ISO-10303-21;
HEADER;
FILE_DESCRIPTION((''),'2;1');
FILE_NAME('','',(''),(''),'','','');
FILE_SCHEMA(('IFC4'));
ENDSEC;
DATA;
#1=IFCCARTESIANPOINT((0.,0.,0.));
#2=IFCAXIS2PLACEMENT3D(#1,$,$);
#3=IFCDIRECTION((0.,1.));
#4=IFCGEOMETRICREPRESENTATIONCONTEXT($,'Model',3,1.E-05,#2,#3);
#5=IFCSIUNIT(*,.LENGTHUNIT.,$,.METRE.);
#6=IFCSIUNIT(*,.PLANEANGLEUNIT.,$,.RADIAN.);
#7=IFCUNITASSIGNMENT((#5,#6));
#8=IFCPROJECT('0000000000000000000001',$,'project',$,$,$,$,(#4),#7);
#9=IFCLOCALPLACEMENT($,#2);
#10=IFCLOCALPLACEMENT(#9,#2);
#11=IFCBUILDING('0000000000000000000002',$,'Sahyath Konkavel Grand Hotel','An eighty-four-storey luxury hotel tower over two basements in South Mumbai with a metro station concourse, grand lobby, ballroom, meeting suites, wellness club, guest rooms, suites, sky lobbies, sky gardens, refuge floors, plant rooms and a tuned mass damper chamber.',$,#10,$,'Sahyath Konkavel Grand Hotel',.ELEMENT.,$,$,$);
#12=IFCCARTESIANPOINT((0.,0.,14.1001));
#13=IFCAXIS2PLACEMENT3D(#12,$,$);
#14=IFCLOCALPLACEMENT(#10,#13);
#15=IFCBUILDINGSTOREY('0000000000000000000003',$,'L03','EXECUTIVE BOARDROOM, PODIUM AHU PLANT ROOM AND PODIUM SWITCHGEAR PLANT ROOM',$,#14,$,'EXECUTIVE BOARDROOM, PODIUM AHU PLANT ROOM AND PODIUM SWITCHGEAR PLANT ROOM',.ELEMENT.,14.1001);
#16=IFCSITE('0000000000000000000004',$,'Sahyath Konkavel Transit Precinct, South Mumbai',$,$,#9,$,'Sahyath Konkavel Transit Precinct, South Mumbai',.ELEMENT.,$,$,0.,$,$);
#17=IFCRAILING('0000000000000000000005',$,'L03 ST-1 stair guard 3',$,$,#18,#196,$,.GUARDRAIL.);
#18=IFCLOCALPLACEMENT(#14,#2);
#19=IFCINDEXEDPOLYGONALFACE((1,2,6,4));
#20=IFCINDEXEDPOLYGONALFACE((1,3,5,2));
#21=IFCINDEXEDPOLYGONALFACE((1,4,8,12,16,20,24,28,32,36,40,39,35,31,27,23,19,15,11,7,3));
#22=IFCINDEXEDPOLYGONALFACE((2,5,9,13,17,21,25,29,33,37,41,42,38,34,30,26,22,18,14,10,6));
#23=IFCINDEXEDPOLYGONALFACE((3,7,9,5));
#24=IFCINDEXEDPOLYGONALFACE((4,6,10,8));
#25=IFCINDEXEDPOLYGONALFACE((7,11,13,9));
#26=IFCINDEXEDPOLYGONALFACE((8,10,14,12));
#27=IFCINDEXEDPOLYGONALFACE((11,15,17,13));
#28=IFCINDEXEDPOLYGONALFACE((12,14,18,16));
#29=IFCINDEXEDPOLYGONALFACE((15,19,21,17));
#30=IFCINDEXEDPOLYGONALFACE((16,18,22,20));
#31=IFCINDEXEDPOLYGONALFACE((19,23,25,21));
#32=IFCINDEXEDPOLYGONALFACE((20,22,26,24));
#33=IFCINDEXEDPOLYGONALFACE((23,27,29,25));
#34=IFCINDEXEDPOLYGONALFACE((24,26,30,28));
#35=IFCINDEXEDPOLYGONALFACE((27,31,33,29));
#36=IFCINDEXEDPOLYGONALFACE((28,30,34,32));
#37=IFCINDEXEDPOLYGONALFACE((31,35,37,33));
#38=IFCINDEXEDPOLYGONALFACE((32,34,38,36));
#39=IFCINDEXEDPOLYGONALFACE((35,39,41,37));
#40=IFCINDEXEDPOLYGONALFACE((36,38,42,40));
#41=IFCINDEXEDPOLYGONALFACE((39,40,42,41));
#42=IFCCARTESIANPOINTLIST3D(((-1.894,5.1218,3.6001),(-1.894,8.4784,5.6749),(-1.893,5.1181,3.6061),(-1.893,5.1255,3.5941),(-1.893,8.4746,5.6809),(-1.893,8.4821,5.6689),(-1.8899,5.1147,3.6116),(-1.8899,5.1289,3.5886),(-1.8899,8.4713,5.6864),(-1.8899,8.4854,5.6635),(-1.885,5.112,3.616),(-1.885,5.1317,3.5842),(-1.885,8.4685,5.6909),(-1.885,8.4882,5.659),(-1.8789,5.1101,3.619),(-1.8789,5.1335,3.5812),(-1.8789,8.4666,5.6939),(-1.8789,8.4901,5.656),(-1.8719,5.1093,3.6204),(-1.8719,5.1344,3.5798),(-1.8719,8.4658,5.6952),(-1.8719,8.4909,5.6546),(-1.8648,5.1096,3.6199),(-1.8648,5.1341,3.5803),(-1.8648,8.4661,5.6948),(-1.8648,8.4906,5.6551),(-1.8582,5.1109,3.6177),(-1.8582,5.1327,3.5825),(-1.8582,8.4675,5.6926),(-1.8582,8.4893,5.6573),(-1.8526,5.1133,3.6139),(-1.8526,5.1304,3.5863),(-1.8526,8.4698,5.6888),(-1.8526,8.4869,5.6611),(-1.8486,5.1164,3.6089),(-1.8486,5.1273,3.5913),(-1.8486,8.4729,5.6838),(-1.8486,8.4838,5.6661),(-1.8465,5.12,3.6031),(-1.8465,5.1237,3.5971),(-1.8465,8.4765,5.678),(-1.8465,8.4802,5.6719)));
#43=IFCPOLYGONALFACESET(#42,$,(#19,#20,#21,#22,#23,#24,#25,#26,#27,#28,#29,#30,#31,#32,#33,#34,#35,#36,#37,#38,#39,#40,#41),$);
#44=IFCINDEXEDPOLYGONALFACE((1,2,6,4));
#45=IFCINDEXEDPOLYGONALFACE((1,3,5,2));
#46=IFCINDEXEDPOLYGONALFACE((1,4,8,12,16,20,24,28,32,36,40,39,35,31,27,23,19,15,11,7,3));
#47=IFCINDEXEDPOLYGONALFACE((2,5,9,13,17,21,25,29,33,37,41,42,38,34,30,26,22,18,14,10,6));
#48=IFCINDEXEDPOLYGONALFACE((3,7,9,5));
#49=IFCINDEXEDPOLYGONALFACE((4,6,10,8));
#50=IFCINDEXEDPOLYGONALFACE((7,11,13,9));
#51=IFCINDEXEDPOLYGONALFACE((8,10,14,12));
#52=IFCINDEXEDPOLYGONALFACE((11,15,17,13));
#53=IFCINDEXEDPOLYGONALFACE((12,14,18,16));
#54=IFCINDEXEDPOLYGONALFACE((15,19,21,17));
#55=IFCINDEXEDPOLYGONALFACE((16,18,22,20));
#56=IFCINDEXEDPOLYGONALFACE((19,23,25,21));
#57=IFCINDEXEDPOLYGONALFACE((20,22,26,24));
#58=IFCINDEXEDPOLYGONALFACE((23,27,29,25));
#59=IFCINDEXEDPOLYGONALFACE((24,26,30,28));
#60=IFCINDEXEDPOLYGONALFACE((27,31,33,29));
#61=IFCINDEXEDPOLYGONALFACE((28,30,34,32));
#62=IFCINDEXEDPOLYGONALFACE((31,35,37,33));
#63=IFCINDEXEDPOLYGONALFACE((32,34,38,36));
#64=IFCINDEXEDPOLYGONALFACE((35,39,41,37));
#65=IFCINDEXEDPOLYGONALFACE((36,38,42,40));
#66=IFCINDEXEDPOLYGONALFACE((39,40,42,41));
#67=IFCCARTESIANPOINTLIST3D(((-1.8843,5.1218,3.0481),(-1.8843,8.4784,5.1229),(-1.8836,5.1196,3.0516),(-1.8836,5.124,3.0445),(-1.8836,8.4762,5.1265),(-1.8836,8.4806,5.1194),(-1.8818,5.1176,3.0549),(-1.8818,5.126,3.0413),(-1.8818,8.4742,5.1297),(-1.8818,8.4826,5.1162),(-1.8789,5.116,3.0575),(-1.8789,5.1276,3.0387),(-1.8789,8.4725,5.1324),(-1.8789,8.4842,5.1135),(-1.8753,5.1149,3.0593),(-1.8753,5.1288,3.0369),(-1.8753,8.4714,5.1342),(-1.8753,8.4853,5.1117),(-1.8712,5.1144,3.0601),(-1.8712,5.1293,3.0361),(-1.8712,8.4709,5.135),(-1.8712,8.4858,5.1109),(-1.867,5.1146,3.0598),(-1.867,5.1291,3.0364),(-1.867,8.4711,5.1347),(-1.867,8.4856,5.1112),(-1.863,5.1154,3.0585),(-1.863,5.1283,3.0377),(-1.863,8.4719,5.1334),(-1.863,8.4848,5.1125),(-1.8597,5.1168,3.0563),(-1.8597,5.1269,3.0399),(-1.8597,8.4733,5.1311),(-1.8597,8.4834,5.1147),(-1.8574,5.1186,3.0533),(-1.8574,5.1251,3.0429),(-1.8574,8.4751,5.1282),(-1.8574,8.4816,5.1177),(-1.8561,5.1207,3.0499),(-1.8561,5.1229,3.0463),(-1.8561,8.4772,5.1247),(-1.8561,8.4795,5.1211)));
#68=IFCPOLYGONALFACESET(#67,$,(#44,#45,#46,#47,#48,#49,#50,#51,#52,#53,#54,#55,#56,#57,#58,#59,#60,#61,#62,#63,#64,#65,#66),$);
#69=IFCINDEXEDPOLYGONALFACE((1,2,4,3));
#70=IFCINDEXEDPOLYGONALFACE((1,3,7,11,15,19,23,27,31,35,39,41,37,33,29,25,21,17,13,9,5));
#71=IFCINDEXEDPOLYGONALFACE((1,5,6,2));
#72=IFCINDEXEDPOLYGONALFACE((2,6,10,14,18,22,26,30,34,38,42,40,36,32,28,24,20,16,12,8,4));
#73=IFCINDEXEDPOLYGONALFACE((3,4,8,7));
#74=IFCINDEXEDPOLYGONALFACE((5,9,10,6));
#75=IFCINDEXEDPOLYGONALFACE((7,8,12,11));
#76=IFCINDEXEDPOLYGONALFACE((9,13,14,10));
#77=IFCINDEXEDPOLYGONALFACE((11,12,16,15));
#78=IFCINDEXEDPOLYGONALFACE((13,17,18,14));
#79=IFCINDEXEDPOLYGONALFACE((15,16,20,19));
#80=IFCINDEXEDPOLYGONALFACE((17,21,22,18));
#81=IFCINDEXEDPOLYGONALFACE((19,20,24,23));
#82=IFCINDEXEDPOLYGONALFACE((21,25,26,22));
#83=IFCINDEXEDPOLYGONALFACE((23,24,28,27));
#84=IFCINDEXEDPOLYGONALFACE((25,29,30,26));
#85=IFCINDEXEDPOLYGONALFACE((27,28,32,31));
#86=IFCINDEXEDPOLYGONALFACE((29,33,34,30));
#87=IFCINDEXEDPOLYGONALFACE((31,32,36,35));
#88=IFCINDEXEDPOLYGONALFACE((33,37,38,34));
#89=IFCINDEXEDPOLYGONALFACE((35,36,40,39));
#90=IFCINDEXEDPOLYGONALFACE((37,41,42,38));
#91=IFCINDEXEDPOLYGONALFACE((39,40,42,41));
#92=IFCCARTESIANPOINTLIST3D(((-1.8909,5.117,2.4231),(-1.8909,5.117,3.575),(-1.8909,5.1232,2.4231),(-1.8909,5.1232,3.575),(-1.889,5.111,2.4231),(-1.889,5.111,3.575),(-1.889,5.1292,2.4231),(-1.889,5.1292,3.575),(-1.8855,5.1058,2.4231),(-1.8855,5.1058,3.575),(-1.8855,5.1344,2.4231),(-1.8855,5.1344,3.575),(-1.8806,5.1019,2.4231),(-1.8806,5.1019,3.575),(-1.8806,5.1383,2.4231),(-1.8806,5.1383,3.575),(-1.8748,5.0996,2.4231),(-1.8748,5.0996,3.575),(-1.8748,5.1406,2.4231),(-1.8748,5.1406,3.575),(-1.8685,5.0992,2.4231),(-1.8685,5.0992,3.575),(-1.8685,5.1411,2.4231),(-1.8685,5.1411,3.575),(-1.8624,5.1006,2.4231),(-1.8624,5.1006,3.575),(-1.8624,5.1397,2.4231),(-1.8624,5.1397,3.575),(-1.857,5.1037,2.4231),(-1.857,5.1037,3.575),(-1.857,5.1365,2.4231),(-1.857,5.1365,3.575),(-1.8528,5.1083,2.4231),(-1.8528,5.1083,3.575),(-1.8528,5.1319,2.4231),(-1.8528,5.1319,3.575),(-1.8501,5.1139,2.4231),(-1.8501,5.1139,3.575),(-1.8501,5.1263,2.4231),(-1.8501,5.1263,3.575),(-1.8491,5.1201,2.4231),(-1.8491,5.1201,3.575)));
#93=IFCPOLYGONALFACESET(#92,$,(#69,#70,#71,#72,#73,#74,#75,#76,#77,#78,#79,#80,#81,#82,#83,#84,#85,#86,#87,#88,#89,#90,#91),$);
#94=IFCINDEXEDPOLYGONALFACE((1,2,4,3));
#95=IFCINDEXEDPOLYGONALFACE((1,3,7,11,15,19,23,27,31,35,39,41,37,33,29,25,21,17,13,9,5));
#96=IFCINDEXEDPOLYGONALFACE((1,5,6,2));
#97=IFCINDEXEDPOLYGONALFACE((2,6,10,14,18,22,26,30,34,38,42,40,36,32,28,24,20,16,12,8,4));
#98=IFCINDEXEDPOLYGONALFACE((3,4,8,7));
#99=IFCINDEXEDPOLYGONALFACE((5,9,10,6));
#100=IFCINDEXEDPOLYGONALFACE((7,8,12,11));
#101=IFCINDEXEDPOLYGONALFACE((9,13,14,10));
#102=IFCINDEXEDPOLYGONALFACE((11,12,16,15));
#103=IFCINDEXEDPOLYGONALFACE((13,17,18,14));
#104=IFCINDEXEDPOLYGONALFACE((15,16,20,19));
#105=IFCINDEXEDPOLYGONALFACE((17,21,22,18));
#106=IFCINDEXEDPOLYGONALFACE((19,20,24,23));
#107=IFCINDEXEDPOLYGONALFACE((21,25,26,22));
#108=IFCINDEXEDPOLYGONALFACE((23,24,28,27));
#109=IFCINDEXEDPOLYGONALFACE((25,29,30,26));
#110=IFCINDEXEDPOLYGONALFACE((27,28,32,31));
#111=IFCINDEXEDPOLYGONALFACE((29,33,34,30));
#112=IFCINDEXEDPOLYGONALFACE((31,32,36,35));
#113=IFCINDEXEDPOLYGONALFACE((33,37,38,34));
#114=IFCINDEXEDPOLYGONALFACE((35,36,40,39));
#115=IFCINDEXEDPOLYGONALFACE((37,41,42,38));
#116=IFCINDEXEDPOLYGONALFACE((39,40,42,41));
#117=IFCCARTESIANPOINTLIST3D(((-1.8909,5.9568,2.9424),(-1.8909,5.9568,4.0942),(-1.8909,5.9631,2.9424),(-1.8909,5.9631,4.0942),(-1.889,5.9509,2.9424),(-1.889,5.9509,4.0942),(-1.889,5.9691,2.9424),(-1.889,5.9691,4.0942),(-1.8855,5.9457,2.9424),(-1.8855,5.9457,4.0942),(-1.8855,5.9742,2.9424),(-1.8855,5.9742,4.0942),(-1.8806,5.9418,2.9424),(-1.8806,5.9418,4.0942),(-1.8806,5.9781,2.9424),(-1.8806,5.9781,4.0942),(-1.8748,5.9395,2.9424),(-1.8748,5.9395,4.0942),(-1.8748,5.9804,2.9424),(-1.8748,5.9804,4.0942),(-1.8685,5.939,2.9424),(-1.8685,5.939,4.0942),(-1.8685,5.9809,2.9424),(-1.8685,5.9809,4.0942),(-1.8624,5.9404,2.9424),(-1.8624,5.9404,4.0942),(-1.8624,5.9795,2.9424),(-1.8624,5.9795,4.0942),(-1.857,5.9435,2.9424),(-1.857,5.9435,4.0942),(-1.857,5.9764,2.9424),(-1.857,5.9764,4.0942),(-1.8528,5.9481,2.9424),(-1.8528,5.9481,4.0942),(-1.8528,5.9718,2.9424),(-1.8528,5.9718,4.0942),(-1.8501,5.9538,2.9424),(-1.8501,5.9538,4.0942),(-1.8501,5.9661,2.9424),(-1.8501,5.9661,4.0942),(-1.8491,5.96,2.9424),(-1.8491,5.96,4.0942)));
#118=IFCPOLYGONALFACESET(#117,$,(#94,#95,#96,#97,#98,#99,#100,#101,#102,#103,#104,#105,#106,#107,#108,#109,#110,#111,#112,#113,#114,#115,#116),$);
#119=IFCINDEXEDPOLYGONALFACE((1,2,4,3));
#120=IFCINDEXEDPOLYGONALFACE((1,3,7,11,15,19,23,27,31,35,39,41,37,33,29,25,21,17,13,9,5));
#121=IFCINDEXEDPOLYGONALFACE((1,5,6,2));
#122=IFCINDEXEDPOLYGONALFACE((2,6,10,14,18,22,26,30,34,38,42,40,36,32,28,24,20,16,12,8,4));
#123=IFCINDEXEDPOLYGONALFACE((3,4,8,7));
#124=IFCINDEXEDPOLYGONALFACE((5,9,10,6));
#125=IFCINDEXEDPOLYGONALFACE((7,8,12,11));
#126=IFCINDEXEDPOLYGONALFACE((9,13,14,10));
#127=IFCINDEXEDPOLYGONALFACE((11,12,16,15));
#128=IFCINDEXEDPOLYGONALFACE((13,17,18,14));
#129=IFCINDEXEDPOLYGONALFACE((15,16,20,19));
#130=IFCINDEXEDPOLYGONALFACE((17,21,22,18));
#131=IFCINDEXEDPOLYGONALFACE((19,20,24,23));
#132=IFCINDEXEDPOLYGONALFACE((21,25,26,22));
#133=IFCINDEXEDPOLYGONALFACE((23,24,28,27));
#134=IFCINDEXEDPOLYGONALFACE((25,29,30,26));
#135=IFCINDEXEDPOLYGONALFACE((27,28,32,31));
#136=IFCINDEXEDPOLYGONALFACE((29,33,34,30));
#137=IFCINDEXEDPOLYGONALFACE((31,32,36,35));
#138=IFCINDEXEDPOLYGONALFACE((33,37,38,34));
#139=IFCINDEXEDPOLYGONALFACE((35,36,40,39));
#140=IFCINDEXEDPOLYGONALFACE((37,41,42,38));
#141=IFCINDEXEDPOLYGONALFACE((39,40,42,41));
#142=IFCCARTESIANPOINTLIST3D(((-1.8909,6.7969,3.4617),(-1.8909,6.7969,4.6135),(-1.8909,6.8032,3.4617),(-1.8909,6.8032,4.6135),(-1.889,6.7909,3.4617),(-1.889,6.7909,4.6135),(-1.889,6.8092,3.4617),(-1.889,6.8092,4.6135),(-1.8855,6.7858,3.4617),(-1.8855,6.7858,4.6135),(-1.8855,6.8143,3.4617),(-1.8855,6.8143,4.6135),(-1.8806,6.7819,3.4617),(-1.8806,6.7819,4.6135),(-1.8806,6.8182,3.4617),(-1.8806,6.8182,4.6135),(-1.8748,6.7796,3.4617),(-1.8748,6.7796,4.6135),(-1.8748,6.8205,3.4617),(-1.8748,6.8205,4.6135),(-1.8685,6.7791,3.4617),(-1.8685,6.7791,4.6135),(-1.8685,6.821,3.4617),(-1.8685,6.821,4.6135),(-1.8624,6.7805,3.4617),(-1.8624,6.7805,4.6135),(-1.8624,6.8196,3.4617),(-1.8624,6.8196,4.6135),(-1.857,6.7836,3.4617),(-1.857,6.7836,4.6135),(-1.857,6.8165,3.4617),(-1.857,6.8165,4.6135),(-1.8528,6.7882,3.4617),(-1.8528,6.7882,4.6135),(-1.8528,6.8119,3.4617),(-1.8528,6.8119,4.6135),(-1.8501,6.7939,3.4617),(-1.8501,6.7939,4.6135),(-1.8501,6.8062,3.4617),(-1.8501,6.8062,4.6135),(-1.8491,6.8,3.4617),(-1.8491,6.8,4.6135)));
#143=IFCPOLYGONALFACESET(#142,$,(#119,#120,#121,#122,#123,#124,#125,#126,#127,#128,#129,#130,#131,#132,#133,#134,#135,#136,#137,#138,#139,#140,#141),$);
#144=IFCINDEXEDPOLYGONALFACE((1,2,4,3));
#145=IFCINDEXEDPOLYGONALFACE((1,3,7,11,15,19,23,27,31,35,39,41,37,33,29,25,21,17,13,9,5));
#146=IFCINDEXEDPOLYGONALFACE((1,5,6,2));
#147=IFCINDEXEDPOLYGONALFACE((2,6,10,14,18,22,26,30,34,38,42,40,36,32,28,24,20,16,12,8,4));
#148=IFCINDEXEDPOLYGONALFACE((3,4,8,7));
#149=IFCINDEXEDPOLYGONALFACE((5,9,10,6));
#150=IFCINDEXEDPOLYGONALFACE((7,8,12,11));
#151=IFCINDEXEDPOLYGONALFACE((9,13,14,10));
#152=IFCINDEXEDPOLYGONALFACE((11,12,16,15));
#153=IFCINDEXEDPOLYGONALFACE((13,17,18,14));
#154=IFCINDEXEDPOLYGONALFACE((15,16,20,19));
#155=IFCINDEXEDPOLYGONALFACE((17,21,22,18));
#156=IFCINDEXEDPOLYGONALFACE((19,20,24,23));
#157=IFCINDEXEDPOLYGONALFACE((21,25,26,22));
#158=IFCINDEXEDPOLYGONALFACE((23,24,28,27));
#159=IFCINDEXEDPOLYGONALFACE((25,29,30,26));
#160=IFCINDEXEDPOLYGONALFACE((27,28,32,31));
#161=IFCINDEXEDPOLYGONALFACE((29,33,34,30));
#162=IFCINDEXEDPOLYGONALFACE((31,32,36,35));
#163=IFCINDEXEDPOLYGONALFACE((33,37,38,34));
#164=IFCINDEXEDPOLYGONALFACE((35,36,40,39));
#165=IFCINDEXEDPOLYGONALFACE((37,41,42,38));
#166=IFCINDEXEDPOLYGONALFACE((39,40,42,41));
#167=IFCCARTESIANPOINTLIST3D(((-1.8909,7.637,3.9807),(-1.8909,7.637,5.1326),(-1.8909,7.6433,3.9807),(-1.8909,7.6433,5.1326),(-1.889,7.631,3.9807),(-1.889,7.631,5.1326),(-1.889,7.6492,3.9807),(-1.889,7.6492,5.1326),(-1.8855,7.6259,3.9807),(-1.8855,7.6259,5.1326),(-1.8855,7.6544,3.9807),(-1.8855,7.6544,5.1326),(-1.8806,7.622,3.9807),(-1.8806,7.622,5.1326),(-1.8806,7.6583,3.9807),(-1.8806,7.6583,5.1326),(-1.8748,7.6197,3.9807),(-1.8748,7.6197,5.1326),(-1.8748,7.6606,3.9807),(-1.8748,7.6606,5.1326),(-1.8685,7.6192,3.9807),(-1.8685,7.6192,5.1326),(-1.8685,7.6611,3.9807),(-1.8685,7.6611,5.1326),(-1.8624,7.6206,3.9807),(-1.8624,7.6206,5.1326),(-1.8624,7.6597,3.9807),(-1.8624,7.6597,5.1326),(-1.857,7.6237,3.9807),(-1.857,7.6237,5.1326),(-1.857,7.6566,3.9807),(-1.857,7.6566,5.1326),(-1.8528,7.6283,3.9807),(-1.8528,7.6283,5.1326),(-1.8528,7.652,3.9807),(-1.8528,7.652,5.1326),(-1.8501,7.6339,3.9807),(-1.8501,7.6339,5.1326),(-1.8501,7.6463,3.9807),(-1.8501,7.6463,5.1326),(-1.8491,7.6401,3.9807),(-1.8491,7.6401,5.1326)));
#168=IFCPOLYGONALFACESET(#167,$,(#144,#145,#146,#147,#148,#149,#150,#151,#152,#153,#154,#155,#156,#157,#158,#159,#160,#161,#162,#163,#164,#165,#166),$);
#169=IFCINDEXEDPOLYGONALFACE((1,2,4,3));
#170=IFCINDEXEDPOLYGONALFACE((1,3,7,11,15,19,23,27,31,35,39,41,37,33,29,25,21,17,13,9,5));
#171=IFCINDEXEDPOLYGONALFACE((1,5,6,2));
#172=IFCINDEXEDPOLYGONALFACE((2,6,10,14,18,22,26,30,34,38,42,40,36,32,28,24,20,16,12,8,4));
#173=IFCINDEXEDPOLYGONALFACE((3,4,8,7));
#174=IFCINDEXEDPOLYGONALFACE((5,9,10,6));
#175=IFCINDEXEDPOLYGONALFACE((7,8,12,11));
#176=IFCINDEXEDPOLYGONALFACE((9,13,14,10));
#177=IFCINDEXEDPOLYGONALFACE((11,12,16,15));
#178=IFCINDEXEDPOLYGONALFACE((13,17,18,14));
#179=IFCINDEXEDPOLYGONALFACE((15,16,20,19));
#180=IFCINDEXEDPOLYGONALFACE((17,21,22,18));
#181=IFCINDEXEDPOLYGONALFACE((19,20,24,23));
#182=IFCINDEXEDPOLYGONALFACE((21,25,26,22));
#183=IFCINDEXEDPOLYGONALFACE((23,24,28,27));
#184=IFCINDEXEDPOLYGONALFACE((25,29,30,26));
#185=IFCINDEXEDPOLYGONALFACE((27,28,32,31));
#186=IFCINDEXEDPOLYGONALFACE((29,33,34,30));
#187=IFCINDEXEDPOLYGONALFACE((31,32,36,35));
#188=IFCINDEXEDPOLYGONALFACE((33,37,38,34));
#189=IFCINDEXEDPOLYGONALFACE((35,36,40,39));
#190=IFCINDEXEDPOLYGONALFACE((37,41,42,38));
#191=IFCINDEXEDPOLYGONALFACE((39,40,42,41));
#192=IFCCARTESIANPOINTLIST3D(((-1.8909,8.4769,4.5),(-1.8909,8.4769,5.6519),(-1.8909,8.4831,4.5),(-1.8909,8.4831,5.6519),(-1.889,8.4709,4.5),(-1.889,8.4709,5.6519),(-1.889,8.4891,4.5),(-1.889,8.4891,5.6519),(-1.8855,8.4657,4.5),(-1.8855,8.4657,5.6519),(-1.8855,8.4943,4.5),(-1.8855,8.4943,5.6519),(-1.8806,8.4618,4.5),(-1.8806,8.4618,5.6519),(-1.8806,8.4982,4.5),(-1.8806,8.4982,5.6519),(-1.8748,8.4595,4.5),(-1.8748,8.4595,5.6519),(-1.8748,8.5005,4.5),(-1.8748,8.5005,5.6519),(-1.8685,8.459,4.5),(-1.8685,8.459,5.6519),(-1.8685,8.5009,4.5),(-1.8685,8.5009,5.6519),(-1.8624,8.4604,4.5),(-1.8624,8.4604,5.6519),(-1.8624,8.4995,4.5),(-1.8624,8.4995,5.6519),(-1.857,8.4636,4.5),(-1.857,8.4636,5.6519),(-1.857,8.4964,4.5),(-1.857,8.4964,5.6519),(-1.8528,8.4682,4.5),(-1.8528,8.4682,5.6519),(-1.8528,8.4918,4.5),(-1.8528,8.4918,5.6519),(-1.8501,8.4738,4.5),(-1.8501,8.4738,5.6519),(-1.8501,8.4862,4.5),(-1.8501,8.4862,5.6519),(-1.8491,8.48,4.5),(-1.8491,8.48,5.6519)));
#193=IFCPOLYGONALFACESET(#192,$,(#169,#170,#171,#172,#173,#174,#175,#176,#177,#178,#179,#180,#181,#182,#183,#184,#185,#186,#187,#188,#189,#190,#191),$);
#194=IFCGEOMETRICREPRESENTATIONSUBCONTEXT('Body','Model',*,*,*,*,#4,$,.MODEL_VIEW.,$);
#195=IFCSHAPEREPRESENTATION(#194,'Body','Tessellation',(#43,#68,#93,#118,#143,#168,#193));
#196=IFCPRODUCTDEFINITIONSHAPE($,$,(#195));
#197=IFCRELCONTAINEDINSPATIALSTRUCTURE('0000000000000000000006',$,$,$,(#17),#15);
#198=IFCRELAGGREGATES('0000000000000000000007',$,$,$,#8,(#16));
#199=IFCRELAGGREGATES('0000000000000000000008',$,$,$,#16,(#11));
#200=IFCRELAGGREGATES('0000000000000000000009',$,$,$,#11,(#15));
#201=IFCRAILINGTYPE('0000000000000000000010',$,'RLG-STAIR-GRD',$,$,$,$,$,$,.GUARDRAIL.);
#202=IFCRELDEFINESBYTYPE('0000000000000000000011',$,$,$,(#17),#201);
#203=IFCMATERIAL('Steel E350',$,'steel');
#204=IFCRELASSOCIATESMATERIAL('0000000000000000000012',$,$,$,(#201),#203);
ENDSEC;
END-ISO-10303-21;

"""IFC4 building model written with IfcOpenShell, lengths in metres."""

from ifc_helpers import new_model, si_unit, direction, frame, origin, origin_2d, place, context, subcontext, project, spatial, circle, extrude, material, type_object, element, save


model = new_model("IFC4")

# Units and contexts
model_context = context("Model", 3, precision=1e-05, world=origin(), true_north=direction((0.0, 1.0)))
body_context = subcontext(model_context, "Body", "Model", "MODEL_VIEW")
ifc_project = project(units=[si_unit("LENGTHUNIT", "METRE"), si_unit("PLANEANGLEUNIT", "RADIAN")], contexts=[model_context])

# Site, building, storey
site_placement = place(None, origin())
site = spatial("IfcSite", under=ifc_project, at=site_placement, Name="Sahyath Konkavel Transit Precinct, South Mumbai", LongName="Sahyath Konkavel Transit Precinct, South Mumbai", CompositionType="ELEMENT", RefElevation=0.0)
building_placement = place(site_placement, origin())
building = spatial("IfcBuilding", under=site, at=building_placement, Name="Sahyath Konkavel Grand Hotel", Description="An eighty-four-storey luxury hotel tower over two basements in South Mumbai with a metro station concourse, grand lobby, ballroom, meeting suites, wellness club, guest rooms, suites, sky lobbies, sky gardens, refuge floors, plant rooms and a tuned mass damper chamber.", LongName="Sahyath Konkavel Grand Hotel", CompositionType="ELEMENT")
storey_placement = place(building_placement, frame((0.0, 0.0, 14.1001)))
storey = spatial("IfcBuildingStorey", under=building, at=storey_placement, Name="L03", Description="EXECUTIVE BOARDROOM, PODIUM AHU PLANT ROOM AND PODIUM SWITCHGEAR PLANT ROOM", LongName="EXECUTIVE BOARDROOM, PODIUM AHU PLANT ROOM AND PODIUM SWITCHGEAR PLANT ROOM", CompositionType="ELEMENT", Elevation=14.1001)

# Shared definitions
ifc_material_1 = material(Name="Steel E350", Category="steel")

# Railing
railing_type_1 = type_object("IfcRailingType", Name="RLG-STAIR-GRD", PredefinedType="GUARDRAIL", material=ifc_material_1)
railing_1_placement = place(storey_placement, frame((-1.8701, 5.1201, 2.4231)))
element("IfcRailing", 1, at=railing_1_placement, inside=storey, type_object=railing_type_1, Name="L03 ST-1 stair guard 3", PredefinedType="GUARDRAIL", context=body_context, shape_type="SweptSolid", body=[
    extrude(circle(Radius=0.0239, at=origin_2d()), frame((0.0, 0.0017, 1.177), z_axis=(0.0, 0.850606, 0.525803), x_axis=(-1.0, 0.0, 0.0)), (0.0, 0.0, 1.0), 3.946),
    extrude(circle(Radius=0.0142, at=origin_2d()), frame((0.0, 0.0017, 0.625), z_axis=(0.0, 0.850606, 0.525803), x_axis=(-1.0, 0.0, 0.0)), (0.0, 0.0, 1.0), 3.946),
    extrude(circle(Radius=0.021, at=origin_2d()), origin(), (0.0, 0.0, 1.0), 1.1519),
    extrude(circle(Radius=0.021, at=origin_2d()), frame((0.0, 0.8398, 0.5193)), (0.0, 0.0, 1.0), 1.1519),
    extrude(circle(Radius=0.021, at=origin_2d()), frame((0.0, 1.6799, 1.0386)), (0.0, 0.0, 1.0), 1.1519),
    extrude(circle(Radius=0.021, at=origin_2d()), frame((0.0, 2.52, 1.5576)), (0.0, 0.0, 1.0), 1.1519),
    extrude(circle(Radius=0.021, at=origin_2d()), frame((0.0, 3.3599, 2.0769)), (0.0, 0.0, 1.0), 1.1519),
])

save(model, "model.ifc")
